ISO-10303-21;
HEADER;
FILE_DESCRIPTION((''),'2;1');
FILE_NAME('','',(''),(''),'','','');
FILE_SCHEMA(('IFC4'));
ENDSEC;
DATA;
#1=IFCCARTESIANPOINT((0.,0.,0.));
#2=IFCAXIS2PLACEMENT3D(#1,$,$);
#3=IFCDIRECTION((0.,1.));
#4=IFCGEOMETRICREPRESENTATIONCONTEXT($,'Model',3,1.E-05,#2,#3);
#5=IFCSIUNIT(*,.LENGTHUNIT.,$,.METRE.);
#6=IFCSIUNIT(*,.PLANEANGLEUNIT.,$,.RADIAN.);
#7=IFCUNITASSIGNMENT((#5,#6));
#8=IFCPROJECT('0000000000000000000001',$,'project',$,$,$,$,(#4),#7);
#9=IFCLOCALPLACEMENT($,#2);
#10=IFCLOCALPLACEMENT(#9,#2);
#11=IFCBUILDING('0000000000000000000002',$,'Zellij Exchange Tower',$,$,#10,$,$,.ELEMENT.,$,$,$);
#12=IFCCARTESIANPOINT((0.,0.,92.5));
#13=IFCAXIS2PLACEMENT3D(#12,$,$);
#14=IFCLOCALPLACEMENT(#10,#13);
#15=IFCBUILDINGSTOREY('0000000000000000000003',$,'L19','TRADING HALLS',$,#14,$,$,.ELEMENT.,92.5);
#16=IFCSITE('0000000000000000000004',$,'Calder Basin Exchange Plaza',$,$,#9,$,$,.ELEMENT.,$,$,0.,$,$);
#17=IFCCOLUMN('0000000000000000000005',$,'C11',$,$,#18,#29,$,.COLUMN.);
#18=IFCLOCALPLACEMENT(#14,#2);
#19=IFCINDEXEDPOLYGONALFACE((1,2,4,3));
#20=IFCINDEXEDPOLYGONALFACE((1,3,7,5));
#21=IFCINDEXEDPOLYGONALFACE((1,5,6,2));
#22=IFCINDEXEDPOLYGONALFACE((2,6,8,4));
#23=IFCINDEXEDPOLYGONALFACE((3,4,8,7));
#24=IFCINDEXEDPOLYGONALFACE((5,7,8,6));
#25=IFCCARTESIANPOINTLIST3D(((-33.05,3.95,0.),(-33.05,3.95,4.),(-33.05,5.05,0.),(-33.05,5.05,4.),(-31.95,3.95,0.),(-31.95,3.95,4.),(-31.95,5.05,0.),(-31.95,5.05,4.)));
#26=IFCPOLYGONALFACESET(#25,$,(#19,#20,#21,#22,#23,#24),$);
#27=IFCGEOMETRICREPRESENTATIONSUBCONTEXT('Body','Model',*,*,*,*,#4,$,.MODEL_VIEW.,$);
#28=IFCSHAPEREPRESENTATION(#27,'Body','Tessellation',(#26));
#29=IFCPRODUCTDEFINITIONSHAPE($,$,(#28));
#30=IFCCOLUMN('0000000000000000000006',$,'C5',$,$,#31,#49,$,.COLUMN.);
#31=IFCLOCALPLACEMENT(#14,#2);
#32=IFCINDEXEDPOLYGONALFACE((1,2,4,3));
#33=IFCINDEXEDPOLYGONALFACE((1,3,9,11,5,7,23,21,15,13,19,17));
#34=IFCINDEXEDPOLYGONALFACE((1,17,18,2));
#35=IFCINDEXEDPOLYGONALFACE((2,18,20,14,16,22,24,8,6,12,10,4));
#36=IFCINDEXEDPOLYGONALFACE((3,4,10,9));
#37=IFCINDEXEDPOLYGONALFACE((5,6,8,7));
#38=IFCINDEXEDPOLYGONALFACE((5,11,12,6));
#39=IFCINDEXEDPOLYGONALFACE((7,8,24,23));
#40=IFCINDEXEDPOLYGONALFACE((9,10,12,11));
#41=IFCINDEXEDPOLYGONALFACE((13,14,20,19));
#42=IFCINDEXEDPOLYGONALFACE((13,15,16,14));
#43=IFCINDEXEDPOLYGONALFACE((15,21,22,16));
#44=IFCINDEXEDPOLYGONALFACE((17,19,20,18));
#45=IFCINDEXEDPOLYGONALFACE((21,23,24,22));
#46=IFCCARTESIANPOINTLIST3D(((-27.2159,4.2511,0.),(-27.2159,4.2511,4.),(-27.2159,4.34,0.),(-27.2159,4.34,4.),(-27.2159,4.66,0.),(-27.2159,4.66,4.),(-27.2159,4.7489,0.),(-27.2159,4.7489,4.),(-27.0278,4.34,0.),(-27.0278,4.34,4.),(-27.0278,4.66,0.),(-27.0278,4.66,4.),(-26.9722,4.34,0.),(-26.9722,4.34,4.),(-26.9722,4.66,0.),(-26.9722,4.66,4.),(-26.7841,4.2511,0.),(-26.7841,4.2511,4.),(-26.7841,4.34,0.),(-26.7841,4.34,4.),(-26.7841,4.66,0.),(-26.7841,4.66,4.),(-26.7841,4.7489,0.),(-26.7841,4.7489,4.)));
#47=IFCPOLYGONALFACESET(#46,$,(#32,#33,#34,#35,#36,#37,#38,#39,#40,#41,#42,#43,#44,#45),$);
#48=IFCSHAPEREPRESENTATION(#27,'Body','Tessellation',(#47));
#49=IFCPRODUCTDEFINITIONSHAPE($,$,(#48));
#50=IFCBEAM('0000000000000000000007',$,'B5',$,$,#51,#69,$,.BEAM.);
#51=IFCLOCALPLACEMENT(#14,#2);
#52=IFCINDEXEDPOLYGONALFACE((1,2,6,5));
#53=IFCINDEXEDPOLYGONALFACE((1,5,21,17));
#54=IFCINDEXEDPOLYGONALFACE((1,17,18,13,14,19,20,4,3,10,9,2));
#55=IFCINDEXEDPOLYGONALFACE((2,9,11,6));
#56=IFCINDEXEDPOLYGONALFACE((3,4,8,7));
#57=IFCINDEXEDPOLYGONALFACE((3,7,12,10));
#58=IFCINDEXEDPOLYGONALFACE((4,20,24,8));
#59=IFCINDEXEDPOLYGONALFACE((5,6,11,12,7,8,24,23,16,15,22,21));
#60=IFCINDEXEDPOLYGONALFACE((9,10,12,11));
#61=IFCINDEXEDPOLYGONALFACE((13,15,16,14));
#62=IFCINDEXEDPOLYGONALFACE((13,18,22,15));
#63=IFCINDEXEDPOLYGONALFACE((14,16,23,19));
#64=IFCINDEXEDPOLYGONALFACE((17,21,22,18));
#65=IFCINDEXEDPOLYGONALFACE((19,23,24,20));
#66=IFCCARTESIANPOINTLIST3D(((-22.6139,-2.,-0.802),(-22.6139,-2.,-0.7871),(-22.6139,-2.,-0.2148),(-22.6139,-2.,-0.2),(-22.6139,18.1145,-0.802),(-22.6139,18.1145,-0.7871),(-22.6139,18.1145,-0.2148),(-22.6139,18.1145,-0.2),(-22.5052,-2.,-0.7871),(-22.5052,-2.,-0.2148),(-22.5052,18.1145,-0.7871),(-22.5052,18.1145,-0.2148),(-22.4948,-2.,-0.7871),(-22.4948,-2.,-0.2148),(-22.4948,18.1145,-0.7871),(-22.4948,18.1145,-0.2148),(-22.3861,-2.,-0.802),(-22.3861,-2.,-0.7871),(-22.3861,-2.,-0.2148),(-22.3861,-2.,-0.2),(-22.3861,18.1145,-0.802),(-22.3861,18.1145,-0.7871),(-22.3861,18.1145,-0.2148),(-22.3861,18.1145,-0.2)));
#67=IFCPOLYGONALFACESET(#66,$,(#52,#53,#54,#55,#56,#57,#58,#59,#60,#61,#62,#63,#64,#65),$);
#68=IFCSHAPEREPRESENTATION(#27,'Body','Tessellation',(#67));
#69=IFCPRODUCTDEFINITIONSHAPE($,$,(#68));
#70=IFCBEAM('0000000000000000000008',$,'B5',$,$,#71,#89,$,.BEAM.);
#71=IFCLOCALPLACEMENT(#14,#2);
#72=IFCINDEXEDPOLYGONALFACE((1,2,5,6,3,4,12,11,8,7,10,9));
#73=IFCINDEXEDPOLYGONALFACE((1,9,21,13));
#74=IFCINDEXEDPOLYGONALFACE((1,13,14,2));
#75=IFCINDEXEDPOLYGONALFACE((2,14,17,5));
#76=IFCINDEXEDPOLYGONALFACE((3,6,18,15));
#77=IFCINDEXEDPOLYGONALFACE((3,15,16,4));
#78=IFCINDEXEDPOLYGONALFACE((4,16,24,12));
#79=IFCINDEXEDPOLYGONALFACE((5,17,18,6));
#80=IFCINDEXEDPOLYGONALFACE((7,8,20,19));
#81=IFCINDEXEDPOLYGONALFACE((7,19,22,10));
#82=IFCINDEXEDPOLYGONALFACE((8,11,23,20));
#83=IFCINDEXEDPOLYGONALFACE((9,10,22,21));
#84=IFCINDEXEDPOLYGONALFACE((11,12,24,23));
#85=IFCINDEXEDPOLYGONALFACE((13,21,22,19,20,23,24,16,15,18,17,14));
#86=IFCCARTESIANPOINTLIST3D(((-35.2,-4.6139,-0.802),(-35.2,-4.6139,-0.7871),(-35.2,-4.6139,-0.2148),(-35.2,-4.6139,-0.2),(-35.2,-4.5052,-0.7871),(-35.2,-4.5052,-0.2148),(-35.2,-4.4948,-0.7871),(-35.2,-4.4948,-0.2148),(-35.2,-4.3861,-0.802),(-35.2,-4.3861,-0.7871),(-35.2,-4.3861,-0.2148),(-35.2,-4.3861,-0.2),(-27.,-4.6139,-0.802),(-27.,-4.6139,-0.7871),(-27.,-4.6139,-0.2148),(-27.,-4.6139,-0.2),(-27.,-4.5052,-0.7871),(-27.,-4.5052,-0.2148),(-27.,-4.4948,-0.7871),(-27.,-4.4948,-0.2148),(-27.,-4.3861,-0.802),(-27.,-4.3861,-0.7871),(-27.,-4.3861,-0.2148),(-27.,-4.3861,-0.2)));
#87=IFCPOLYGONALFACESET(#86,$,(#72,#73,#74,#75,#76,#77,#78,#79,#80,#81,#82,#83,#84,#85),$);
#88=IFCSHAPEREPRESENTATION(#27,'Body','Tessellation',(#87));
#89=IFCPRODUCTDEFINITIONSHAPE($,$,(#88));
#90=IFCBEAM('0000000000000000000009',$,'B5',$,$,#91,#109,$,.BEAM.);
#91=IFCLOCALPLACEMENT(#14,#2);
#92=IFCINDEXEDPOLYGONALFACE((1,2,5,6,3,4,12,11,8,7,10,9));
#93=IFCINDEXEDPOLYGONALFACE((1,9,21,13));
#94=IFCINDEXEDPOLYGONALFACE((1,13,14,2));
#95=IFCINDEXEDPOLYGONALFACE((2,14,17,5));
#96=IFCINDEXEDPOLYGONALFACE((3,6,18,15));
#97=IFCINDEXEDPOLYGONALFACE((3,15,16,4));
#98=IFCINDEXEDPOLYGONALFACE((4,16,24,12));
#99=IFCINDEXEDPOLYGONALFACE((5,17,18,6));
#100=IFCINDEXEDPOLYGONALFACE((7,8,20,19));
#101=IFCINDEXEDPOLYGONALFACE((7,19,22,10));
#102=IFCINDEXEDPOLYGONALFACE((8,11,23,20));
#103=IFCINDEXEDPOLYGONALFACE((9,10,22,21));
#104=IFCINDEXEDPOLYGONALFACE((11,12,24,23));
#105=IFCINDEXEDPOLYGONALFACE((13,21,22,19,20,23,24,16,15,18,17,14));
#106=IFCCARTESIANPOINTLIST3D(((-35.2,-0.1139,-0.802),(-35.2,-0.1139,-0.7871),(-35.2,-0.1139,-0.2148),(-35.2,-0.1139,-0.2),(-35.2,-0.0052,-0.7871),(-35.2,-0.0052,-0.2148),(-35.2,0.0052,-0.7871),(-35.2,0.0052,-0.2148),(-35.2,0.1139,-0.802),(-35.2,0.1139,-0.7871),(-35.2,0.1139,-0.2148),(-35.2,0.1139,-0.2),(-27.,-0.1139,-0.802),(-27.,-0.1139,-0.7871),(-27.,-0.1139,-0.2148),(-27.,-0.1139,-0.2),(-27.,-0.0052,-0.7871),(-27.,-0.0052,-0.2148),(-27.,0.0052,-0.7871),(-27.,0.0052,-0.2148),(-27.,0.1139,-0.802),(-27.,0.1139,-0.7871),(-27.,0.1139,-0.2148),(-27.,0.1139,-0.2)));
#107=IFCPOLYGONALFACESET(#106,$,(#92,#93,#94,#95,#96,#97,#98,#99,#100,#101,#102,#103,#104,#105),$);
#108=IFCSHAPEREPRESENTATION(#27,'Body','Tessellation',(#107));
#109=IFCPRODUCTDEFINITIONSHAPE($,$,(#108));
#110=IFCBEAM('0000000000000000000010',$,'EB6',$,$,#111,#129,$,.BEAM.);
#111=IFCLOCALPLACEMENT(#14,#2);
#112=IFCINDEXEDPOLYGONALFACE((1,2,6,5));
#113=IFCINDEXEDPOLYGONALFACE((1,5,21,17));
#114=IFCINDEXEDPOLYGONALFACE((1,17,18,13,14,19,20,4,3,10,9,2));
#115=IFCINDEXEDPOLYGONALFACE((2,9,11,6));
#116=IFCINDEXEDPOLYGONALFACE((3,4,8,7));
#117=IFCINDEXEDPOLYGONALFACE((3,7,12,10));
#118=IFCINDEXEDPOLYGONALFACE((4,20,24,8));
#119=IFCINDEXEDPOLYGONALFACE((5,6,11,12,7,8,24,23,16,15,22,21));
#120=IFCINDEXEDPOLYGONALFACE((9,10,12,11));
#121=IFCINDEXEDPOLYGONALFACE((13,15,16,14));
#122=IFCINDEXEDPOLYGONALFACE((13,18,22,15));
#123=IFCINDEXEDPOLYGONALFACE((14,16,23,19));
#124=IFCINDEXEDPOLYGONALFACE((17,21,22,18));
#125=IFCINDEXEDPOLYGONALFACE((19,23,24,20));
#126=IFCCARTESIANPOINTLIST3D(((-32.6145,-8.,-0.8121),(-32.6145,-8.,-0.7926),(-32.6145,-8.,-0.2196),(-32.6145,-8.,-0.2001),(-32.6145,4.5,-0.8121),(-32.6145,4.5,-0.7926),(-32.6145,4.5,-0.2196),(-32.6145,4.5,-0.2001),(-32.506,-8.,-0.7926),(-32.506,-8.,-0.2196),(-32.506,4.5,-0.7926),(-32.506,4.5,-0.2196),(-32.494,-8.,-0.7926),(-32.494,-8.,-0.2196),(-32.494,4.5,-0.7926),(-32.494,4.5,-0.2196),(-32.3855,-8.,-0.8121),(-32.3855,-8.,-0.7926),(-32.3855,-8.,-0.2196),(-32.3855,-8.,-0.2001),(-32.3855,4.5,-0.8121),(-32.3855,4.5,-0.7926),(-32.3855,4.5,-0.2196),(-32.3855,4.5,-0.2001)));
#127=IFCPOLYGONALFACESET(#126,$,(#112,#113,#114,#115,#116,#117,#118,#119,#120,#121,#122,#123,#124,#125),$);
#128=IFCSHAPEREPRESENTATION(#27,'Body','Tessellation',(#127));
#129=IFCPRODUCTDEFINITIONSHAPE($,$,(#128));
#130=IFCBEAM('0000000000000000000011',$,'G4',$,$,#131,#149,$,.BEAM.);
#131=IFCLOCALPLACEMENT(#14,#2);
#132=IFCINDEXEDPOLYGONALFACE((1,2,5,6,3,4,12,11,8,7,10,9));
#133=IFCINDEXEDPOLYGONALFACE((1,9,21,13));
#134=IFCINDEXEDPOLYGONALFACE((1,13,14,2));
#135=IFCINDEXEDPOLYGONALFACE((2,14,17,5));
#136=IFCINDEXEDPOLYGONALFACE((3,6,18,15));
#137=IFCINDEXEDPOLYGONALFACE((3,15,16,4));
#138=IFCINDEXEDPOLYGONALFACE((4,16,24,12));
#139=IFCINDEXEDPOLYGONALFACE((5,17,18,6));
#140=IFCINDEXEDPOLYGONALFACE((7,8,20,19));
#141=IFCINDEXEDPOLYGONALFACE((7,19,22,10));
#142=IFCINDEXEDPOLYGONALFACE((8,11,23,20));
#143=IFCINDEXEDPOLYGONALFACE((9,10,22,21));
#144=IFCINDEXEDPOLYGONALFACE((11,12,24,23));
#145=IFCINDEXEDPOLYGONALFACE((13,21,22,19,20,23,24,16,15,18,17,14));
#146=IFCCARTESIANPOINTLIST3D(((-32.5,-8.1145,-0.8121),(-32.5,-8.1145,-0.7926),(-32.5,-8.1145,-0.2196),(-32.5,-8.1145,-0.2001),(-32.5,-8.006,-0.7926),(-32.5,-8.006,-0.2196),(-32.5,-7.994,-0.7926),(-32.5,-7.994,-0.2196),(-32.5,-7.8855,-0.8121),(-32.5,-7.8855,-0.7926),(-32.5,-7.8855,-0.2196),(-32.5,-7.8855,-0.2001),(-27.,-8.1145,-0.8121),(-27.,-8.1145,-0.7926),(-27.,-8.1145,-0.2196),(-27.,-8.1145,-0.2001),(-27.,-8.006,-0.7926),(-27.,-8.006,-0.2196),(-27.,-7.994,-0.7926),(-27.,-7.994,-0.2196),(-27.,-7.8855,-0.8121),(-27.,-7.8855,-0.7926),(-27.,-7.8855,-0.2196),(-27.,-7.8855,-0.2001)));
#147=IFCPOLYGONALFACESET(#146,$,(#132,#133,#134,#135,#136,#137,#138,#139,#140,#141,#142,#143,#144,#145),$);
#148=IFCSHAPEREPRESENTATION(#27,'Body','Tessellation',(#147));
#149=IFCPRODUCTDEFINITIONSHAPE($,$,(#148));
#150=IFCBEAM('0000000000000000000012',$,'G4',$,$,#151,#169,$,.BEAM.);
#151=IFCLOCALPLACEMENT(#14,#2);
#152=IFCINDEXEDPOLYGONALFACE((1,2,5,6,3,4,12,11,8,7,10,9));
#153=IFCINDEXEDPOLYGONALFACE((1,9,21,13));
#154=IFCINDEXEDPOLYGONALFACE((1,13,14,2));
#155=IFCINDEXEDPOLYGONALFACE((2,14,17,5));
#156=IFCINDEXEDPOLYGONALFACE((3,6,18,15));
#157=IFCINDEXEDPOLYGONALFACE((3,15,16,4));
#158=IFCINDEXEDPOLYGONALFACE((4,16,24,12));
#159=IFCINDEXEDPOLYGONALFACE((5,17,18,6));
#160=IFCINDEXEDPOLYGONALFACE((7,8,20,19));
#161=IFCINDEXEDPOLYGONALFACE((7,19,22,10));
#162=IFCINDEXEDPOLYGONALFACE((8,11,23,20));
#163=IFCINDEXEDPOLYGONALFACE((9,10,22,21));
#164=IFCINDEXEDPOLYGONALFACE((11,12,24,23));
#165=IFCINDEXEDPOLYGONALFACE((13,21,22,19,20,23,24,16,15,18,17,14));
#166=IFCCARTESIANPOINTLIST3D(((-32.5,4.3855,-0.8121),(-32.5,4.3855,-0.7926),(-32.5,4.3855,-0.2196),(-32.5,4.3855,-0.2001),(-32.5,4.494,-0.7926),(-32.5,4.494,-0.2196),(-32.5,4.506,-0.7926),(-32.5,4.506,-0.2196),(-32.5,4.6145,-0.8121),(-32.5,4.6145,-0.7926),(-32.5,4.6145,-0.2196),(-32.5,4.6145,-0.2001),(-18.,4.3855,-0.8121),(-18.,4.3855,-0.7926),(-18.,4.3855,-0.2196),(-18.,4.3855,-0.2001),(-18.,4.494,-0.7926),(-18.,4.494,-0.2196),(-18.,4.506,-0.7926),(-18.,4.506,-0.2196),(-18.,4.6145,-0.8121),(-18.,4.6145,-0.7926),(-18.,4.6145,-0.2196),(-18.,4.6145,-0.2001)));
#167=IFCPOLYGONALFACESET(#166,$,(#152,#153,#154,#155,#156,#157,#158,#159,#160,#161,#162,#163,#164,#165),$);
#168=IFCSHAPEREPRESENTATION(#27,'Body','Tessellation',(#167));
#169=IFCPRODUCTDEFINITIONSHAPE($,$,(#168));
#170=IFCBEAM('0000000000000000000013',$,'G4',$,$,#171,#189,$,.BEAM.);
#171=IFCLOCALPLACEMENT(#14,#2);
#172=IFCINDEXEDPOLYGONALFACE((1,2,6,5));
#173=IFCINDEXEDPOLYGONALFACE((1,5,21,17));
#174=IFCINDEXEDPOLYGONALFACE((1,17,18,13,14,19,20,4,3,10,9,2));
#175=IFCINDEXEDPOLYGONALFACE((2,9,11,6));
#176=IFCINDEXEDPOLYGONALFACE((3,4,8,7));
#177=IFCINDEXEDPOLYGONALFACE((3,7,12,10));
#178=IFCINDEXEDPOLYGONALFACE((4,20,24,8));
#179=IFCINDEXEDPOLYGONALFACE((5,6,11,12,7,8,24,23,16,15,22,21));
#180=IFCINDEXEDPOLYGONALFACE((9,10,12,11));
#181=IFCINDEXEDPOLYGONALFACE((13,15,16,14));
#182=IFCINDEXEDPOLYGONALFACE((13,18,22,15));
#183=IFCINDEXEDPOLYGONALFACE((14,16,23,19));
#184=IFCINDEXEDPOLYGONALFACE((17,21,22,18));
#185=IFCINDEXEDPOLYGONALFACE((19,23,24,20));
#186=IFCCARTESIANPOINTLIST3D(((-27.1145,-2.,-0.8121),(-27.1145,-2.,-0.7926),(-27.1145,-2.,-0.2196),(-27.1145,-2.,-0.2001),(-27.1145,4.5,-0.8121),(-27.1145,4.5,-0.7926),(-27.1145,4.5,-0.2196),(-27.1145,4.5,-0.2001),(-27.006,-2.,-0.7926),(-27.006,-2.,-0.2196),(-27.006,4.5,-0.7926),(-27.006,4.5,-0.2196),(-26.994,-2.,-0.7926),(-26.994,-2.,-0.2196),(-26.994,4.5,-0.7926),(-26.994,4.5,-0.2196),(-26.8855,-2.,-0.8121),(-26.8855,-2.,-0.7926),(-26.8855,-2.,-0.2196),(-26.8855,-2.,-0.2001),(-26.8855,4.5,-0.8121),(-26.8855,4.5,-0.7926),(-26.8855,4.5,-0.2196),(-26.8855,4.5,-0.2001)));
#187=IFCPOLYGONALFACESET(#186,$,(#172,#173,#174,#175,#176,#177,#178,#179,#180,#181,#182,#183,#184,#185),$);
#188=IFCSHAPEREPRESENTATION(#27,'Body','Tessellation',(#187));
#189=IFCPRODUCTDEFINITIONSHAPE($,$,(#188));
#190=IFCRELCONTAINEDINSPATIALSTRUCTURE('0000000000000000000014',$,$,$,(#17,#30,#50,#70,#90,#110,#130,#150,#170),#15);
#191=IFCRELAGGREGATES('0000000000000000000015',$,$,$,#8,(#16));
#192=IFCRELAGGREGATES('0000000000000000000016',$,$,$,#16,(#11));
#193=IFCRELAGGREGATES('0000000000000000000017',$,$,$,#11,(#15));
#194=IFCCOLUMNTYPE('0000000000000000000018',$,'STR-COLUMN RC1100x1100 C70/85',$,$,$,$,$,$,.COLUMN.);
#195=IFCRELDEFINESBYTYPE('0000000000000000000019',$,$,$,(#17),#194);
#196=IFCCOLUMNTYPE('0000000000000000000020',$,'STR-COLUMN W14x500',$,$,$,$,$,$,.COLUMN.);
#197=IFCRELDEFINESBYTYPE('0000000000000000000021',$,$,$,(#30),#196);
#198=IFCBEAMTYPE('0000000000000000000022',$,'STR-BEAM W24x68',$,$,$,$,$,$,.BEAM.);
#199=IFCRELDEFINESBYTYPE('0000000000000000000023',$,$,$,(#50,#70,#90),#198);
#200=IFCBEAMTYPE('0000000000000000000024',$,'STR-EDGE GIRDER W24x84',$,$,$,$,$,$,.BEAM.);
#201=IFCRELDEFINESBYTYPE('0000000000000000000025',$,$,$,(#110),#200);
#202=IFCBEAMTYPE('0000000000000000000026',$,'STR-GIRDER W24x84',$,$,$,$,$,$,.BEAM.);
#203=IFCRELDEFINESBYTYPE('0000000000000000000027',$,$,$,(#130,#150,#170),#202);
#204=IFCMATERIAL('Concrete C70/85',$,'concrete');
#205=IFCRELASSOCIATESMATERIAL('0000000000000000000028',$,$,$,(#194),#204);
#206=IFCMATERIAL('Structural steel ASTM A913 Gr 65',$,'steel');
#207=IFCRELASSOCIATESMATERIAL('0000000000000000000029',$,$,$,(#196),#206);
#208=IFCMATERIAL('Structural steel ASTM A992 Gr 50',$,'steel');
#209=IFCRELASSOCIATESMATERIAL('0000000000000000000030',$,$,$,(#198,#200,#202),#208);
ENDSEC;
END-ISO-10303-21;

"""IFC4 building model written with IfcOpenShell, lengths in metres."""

from ifc_helpers import new_model, si_unit, direction, frame, origin, origin_2d, place, context, subcontext, project, spatial, rectangle, i_section, extrude, material, material_profile, profile_set, type_object, element, save


model = new_model("IFC4")

# Units and contexts
model_context = context("Model", 3, precision=1e-05, world=origin(), true_north=direction((0.0, 1.0)))
body_context = subcontext(model_context, "Body", "Model", "MODEL_VIEW")
ifc_project = project(units=[si_unit("LENGTHUNIT", "METRE"), si_unit("PLANEANGLEUNIT", "RADIAN")], contexts=[model_context])

# Site, building, storey
site_placement = place(None, origin())
site = spatial("IfcSite", under=ifc_project, at=site_placement, Name="Calder Basin Exchange Plaza", CompositionType="ELEMENT", RefElevation=0.0)
building_placement = place(site_placement, origin())
building = spatial("IfcBuilding", under=site, at=building_placement, Name="Zellij Exchange Tower", CompositionType="ELEMENT")
storey_placement = place(building_placement, frame((0.0, 0.0, 92.5)))
storey = spatial("IfcBuildingStorey", under=building, at=storey_placement, Name="L19", Description="TRADING HALLS", CompositionType="ELEMENT", Elevation=92.5)

# Columns
ifc_material_1 = material(Name="Concrete C70/85", Category="concrete")
ifc_material_profile_1 = material_profile(ifc_material_1, rectangle(XDim=1.1001, YDim=1.1001, at=origin_2d()), Name="STR-COLUMN RC1100x1100 C70/85")
ifc_profile_set_1 = profile_set([ifc_material_profile_1], Name="Concrete C70/85")
column_type_1 = type_object("IfcColumnType", Name="STR-COLUMN RC1100x1100 C70/85", PredefinedType="COLUMN", material=ifc_profile_set_1)
column_1_placement = place(storey_placement, frame((-32.5, 4.5, 0.0), z_axis=(0.0, 0.0, 1.0), x_axis=(1.0, 0.0, 0.0)))
element("IfcColumn", 1, at=column_1_placement, inside=storey, type_object=column_type_1, Name="C11", PredefinedType="COLUMN", context=body_context, shape_type="SweptSolid", body=[
    extrude(rectangle(XDim=1.1001, YDim=1.1001, at=origin_2d()), origin(), (0.0, 0.0, 1.0), 4.0),
])
ifc_material_2 = material(Name="Structural steel ASTM A913 Gr 65", Category="steel")
ifc_material_profile_2 = material_profile(ifc_material_2, i_section(OverallWidth=0.4319, OverallDepth=0.4978, WebThickness=0.0557, FlangeThickness=0.0889, at=origin_2d()), Name="W14x500")
ifc_profile_set_2 = profile_set([ifc_material_profile_2], Name="Structural steel ASTM A913 Gr 65")
column_type_2 = type_object("IfcColumnType", Name="STR-COLUMN W14x500", PredefinedType="COLUMN", material=ifc_profile_set_2)
column_2_placement = place(storey_placement, frame((-27.0, 4.5, 0.0), z_axis=(0.0, 0.0, 1.0), x_axis=(1.0, 0.0, 0.0)))
element("IfcColumn", 2, at=column_2_placement, inside=storey, type_object=column_type_2, Name="C5", PredefinedType="COLUMN", context=body_context, shape_type="SweptSolid", body=[
    extrude(i_section(OverallWidth=0.4319, OverallDepth=0.4978, WebThickness=0.0557, FlangeThickness=0.0889, at=origin_2d()), origin(), (0.0, 0.0, 1.0), 4.0),
])

# Beams
ifc_material_3 = material(Name="Structural steel ASTM A992 Gr 50", Category="steel")
ifc_material_profile_3 = material_profile(ifc_material_3, i_section(OverallWidth=0.2278, OverallDepth=0.6021, WebThickness=0.0105, FlangeThickness=0.0149, at=origin_2d()), Name="W24x68")
ifc_profile_set_3 = profile_set([ifc_material_profile_3], Name="Structural steel ASTM A992 Gr 50")
beam_type_1 = type_object("IfcBeamType", Name="STR-BEAM W24x68", PredefinedType="BEAM", material=ifc_profile_set_3)
beam_1_placement = place(storey_placement, frame((-22.5, -2.0, -0.501), z_axis=(0.0, 1.0, 0.0), x_axis=(-1.0, 0.0, 0.0)))
element("IfcBeam", 3, at=beam_1_placement, inside=storey, type_object=beam_type_1, Name="B5", PredefinedType="BEAM", context=body_context, shape_type="SweptSolid", body=[
    extrude(i_section(OverallWidth=0.2278, OverallDepth=0.6021, WebThickness=0.0105, FlangeThickness=0.0149, at=origin_2d()), origin(), (0.0, 0.0, 1.0), 20.1145),
])
for number, where, z_axis, x_axis, name in (
    (4, (-35.2, -4.5, -0.501), (1.0, 0.0, 0.0), (0.0, 1.0, 0.0), "B5"),
    (5, (-35.2, 0.0, -0.501), (1.0, 0.0, 0.0), (0.0, 1.0, 0.0), "B5"),
):
    element("IfcBeam", number, at=place(storey_placement, frame(where, z_axis=z_axis, x_axis=x_axis)), inside=storey, type_object=beam_type_1, Name=name, PredefinedType="BEAM", context=body_context, shape_type="SweptSolid", body=[
        extrude(i_section(OverallWidth=0.2278, OverallDepth=0.6021, WebThickness=0.0105, FlangeThickness=0.0149, at=origin_2d()), origin(), (0.0, 0.0, 1.0), 8.2),
    ])
ifc_material_profile_4 = material_profile(ifc_material_3, i_section(OverallWidth=0.229, OverallDepth=0.6121, WebThickness=0.012, FlangeThickness=0.0195, at=origin_2d()), Name="W24x84")
ifc_profile_set_4 = profile_set([ifc_material_profile_4], Name="Structural steel ASTM A992 Gr 50")
beam_type_2 = type_object("IfcBeamType", Name="STR-EDGE GIRDER W24x84", PredefinedType="BEAM", material=ifc_profile_set_4)
beam_2_placement = place(storey_placement, frame((-32.5, -8.0, -0.5061), z_axis=(0.0, 1.0, 0.0), x_axis=(-1.0, 0.0, 0.0)))
element("IfcBeam", 6, at=beam_2_placement, inside=storey, type_object=beam_type_2, Name="EB6", PredefinedType="BEAM", context=body_context, shape_type="SweptSolid", body=[
    extrude(i_section(OverallWidth=0.229, OverallDepth=0.6121, WebThickness=0.012, FlangeThickness=0.0195, at=origin_2d()), origin(), (0.0, 0.0, 1.0), 12.5),
])
ifc_material_profile_5 = material_profile(ifc_material_3, i_section(OverallWidth=0.229, OverallDepth=0.6121, WebThickness=0.012, FlangeThickness=0.0195, at=origin_2d()), Name="W24x84")
ifc_profile_set_5 = profile_set([ifc_material_profile_5], Name="Structural steel ASTM A992 Gr 50")
beam_type_3 = type_object("IfcBeamType", Name="STR-GIRDER W24x84", PredefinedType="BEAM", material=ifc_profile_set_5)
beam_3_placement = place(storey_placement, frame((-32.5, -8.0, -0.5061), z_axis=(1.0, 0.0, 0.0), x_axis=(0.0, 1.0, 0.0)))
element("IfcBeam", 7, at=beam_3_placement, inside=storey, type_object=beam_type_3, Name="G4", PredefinedType="BEAM", context=body_context, shape_type="SweptSolid", body=[
    extrude(i_section(OverallWidth=0.229, OverallDepth=0.6121, WebThickness=0.012, FlangeThickness=0.0195, at=origin_2d()), origin(), (0.0, 0.0, 1.0), 5.5),
])
beam_4_placement = place(storey_placement, frame((-32.5, 4.5, -0.5061), z_axis=(1.0, 0.0, 0.0), x_axis=(0.0, 1.0, 0.0)))
element("IfcBeam", 8, at=beam_4_placement, inside=storey, type_object=beam_type_3, Name="G4", PredefinedType="BEAM", context=body_context, shape_type="SweptSolid", body=[
    extrude(i_section(OverallWidth=0.229, OverallDepth=0.6121, WebThickness=0.012, FlangeThickness=0.0195, at=origin_2d()), origin(), (0.0, 0.0, 1.0), 14.5),
])
beam_5_placement = place(storey_placement, frame((-27.0, -2.0, -0.5061), z_axis=(0.0, 1.0, 0.0), x_axis=(-1.0, 0.0, 0.0)))
element("IfcBeam", 9, at=beam_5_placement, inside=storey, type_object=beam_type_3, Name="G4", PredefinedType="BEAM", context=body_context, shape_type="SweptSolid", body=[
    extrude(i_section(OverallWidth=0.229, OverallDepth=0.6121, WebThickness=0.012, FlangeThickness=0.0195, at=origin_2d()), origin(), (0.0, 0.0, 1.0), 6.5),
])

save(model, "model.ifc")
